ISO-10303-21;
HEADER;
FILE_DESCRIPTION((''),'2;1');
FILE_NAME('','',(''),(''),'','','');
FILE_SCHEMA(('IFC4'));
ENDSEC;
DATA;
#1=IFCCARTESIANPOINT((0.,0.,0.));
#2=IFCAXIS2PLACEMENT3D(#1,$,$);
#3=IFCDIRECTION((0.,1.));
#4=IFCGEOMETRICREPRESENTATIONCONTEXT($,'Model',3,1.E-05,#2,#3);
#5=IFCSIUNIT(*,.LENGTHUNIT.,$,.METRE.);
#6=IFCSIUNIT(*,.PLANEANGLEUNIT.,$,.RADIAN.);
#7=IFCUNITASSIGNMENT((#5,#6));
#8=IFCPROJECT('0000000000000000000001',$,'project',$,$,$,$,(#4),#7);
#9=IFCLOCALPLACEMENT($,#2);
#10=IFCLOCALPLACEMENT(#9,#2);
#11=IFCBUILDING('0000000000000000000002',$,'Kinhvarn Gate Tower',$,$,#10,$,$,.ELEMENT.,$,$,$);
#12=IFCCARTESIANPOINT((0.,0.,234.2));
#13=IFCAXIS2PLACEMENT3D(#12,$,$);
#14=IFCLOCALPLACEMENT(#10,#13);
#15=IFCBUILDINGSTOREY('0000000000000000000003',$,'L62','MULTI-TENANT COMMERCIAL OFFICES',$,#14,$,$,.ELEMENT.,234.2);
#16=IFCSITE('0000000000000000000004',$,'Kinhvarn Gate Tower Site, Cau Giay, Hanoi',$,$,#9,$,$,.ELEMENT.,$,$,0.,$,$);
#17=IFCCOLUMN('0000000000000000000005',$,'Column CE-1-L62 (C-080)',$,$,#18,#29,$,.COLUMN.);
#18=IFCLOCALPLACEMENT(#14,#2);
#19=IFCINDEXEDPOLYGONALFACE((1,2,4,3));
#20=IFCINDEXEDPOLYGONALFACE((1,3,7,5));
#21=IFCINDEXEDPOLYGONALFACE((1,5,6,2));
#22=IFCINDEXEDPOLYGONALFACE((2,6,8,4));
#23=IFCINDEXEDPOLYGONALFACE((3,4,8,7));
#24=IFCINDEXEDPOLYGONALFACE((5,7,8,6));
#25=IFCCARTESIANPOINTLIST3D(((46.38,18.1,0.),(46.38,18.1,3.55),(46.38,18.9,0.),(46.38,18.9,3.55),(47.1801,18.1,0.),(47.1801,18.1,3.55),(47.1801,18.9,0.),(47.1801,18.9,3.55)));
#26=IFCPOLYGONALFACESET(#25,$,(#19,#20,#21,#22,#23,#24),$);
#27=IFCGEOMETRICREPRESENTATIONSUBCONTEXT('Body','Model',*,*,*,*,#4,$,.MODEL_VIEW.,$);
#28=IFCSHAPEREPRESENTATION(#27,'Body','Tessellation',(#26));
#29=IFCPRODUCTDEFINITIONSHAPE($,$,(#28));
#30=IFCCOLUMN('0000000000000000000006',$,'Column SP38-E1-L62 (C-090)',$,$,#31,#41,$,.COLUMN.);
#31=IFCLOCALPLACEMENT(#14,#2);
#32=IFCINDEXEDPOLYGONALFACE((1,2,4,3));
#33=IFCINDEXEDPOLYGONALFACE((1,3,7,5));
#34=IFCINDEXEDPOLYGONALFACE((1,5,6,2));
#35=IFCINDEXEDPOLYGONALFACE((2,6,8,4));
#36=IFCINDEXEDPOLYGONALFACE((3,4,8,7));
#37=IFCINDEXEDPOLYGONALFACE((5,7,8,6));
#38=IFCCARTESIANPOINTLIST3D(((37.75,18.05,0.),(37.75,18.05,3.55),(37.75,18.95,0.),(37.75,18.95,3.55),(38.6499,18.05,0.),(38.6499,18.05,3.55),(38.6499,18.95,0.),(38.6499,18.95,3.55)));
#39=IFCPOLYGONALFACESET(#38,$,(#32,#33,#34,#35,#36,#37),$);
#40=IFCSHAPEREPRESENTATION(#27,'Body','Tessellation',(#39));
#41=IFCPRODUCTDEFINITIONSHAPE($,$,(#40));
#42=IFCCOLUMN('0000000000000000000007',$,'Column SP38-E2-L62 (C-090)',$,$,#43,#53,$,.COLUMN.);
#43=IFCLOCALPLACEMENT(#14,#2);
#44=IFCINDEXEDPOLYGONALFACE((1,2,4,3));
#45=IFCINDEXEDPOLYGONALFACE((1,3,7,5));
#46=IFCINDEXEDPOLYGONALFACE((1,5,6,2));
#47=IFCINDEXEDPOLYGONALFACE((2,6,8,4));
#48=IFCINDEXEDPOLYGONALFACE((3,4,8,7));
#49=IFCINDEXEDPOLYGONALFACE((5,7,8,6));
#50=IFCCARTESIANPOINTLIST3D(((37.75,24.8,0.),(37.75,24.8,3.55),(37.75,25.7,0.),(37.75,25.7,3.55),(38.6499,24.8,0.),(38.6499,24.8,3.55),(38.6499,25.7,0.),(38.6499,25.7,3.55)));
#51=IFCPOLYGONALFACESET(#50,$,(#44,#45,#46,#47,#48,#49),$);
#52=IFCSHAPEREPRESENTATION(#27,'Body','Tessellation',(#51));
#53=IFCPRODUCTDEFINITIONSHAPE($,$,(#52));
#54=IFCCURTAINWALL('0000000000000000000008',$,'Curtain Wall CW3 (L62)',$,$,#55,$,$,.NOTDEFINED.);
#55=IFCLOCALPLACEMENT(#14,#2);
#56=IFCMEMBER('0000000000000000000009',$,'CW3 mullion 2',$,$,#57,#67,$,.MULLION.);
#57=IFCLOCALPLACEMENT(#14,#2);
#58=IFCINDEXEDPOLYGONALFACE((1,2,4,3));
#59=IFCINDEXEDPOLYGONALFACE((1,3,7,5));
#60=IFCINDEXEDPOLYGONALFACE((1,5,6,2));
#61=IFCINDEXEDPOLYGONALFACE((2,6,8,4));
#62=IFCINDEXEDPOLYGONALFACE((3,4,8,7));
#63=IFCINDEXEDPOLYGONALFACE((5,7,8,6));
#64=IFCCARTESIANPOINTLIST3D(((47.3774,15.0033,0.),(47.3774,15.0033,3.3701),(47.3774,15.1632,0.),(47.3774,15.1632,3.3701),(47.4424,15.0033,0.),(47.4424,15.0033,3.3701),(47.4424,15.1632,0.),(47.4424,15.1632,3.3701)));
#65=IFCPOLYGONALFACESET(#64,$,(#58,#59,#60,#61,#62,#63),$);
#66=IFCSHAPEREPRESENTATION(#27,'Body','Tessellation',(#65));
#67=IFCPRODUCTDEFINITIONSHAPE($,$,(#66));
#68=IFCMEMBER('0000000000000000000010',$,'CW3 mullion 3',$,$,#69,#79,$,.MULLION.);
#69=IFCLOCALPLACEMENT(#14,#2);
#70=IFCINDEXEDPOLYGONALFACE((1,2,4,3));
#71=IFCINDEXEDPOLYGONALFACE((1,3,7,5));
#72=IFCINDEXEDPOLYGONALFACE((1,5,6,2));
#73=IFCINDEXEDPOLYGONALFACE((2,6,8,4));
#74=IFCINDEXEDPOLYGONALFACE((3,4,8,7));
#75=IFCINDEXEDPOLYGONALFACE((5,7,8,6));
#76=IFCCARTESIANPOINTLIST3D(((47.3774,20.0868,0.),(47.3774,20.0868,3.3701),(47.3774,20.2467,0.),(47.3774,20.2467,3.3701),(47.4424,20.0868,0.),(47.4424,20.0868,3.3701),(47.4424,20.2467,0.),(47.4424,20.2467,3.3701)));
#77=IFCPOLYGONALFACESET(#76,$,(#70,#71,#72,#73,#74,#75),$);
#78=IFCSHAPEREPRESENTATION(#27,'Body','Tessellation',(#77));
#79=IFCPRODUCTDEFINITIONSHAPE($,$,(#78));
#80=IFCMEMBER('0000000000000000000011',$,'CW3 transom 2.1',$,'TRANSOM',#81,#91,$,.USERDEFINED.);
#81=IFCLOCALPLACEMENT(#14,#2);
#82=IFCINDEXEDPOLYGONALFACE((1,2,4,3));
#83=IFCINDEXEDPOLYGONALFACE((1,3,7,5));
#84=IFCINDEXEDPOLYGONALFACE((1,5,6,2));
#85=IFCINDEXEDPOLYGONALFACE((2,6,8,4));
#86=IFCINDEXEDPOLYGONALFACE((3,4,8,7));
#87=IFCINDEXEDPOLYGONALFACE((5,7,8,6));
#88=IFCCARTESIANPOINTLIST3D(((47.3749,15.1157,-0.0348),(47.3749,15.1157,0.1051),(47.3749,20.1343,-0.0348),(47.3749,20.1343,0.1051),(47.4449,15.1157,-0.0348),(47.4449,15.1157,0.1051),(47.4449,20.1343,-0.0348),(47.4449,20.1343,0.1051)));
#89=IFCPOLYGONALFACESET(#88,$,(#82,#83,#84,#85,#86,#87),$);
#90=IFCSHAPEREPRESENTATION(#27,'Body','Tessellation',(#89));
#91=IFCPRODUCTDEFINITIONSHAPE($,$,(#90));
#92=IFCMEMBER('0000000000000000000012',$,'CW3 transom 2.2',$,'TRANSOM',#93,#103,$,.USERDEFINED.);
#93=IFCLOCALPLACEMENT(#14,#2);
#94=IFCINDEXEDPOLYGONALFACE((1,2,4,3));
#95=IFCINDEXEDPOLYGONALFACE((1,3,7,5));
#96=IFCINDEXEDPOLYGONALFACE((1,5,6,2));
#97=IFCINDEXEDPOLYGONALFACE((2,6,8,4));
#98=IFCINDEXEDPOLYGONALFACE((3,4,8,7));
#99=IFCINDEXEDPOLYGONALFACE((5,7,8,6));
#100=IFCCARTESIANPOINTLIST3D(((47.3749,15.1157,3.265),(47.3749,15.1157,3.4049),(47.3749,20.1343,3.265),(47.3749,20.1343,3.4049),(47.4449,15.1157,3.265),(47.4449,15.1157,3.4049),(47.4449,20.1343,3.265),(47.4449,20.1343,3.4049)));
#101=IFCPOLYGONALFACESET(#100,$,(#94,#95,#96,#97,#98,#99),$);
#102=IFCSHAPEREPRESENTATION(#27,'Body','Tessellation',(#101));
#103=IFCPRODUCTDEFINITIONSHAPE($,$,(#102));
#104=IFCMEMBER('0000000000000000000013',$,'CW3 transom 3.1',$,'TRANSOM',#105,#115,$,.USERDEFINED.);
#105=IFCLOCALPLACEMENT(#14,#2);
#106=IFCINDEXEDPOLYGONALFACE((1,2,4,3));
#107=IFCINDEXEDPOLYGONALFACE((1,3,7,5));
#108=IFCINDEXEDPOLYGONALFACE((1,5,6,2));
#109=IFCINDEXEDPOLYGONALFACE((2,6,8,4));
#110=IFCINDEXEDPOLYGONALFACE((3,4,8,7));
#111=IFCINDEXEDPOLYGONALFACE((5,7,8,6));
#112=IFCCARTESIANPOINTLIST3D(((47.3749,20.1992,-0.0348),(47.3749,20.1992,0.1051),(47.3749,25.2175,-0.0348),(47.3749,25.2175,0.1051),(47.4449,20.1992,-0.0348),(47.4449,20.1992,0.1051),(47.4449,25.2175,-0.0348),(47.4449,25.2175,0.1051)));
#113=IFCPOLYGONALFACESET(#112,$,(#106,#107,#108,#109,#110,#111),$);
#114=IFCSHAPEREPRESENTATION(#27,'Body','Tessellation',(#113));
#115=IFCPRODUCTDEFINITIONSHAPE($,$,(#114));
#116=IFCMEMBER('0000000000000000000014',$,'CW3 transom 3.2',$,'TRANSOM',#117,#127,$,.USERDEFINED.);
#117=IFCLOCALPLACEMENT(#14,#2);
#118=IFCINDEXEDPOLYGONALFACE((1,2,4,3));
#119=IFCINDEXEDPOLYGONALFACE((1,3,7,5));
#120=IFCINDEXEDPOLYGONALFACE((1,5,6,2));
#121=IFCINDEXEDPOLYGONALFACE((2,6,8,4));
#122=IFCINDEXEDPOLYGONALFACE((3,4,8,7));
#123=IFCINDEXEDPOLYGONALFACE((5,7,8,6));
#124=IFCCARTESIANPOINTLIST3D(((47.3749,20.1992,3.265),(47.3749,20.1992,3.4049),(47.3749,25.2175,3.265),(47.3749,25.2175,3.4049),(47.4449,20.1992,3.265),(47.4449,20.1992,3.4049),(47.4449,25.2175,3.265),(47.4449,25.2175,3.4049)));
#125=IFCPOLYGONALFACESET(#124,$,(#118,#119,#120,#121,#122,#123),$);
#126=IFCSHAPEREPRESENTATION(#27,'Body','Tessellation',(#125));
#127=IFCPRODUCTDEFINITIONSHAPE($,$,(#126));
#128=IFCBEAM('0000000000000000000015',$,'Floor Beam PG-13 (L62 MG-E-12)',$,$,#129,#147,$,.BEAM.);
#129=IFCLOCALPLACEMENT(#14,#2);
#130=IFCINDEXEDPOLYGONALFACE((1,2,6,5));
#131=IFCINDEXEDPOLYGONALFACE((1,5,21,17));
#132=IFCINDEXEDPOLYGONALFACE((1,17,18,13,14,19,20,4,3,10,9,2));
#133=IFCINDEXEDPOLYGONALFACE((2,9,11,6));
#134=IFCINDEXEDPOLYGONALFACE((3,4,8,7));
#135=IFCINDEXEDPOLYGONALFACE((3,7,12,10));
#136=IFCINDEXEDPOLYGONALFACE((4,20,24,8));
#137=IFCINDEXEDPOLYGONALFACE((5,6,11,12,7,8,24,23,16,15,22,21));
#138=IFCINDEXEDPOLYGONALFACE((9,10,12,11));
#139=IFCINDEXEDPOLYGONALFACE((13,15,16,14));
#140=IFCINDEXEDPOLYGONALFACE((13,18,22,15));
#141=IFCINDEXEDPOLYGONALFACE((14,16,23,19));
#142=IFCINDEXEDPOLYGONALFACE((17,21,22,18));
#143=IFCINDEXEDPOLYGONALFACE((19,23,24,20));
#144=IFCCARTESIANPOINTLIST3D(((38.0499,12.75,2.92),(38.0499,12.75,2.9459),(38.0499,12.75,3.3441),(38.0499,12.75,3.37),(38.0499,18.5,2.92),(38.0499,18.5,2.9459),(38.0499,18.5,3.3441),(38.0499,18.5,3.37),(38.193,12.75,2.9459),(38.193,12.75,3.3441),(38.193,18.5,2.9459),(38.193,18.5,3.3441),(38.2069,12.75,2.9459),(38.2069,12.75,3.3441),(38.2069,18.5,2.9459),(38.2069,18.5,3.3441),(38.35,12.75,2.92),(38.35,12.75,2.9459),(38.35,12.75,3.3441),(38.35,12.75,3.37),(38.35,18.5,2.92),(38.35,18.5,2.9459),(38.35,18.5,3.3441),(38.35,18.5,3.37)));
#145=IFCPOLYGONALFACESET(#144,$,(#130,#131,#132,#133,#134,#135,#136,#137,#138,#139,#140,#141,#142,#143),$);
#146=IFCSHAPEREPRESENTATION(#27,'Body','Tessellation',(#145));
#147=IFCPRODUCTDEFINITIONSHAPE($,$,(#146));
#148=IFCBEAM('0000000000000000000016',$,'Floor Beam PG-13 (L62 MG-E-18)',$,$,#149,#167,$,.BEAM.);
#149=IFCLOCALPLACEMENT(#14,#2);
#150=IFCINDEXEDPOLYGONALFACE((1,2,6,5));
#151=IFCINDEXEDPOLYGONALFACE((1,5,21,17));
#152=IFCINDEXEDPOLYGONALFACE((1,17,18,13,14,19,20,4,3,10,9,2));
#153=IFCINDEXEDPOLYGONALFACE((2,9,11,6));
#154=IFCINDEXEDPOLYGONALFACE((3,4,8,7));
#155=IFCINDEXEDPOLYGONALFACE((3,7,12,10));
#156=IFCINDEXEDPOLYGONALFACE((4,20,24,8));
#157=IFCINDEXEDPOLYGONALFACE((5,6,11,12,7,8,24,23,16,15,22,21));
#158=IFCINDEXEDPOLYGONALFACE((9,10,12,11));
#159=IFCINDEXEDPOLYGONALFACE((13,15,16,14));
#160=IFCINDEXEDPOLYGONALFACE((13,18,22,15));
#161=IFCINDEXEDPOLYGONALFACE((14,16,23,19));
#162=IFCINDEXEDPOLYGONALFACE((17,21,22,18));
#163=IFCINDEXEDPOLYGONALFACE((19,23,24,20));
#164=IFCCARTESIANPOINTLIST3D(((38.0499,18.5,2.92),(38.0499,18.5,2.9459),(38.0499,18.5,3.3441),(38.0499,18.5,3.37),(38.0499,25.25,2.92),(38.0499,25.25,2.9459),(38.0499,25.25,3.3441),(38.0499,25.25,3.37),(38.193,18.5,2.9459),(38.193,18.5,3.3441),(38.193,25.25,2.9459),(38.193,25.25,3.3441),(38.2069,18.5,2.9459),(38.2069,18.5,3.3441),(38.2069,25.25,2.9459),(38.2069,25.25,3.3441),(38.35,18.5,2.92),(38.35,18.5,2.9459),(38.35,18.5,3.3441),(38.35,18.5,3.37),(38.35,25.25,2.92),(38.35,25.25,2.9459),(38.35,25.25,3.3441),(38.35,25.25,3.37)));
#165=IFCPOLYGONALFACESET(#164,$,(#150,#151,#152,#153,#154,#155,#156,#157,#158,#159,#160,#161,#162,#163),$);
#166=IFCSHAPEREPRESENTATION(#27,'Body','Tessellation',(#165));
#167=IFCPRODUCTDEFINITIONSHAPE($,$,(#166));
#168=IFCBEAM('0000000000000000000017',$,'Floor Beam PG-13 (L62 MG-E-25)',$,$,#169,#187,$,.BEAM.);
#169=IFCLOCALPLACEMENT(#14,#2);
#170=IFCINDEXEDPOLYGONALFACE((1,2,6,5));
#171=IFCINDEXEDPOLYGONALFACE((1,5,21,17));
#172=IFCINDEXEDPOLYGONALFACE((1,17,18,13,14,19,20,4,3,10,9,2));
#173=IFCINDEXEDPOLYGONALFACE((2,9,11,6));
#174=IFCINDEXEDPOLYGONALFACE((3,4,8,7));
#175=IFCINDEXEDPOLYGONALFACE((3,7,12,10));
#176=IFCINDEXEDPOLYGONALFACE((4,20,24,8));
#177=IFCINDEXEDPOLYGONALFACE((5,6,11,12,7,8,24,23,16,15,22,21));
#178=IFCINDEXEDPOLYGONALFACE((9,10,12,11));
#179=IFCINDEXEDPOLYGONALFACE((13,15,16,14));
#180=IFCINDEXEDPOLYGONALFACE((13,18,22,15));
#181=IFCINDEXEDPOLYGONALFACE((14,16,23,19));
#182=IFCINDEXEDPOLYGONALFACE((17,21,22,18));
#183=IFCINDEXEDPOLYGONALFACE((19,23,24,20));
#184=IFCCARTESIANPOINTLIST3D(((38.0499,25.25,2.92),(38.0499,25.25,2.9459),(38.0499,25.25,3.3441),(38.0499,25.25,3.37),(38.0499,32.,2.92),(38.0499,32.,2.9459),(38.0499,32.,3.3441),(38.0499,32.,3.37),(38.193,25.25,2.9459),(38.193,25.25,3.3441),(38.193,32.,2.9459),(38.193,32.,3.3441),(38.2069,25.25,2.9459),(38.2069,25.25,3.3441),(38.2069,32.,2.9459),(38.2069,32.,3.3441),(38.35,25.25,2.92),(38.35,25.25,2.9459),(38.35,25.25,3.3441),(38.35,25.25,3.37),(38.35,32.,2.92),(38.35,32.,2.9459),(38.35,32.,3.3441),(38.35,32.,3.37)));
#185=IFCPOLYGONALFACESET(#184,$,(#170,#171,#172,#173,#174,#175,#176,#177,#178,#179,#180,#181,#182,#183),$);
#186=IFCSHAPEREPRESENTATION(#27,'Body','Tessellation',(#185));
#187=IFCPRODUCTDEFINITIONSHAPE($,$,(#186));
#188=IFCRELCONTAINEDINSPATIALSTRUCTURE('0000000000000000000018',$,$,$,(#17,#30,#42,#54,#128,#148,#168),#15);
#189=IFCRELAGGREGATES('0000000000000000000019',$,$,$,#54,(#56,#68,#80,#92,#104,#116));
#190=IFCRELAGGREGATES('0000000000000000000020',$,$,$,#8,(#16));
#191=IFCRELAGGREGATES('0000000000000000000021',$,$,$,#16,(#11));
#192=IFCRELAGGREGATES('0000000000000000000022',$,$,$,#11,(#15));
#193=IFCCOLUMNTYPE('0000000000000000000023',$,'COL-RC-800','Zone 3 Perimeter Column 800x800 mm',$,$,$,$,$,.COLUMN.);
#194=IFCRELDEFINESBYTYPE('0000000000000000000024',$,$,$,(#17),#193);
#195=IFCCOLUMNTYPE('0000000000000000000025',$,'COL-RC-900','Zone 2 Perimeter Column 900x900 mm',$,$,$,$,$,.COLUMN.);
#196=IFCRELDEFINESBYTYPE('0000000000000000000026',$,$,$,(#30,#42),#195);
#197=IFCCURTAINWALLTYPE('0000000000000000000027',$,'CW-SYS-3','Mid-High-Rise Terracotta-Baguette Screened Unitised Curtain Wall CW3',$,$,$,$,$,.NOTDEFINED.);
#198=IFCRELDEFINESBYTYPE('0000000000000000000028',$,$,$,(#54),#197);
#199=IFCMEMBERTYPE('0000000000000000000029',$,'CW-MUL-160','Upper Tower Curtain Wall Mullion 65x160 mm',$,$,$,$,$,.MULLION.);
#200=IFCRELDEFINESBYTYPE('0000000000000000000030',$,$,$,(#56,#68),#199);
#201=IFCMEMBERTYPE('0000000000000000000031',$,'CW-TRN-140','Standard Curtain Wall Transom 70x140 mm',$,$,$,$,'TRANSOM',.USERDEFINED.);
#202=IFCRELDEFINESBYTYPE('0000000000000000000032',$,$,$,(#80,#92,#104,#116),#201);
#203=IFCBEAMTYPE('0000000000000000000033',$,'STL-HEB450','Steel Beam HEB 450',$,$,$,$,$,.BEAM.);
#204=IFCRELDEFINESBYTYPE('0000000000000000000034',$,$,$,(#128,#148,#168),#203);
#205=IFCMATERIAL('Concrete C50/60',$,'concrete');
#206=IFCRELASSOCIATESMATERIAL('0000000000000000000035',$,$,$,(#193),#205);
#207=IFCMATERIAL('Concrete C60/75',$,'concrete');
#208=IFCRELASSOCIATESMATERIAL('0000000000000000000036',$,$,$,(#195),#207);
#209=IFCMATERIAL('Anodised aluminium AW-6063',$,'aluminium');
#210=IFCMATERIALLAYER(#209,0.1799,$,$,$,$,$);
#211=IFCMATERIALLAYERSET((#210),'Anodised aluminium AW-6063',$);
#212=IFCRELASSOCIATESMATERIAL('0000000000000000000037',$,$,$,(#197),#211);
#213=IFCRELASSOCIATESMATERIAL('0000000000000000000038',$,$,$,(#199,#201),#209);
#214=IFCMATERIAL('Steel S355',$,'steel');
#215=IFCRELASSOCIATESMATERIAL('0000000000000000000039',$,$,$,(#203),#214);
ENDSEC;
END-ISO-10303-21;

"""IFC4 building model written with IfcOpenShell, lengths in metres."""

from ifc_helpers import new_model, si_unit, direction, frame, origin, origin_2d, place, context, subcontext, project, spatial, rectangle, i_section, extrude, material, layer, layer_set, material_profile, profile_set, type_object, element, aggregate, save


model = new_model("IFC4")

# Units and contexts
model_context = context("Model", 3, precision=1e-05, world=origin(), true_north=direction((0.0, 1.0)))
body_context = subcontext(model_context, "Body", "Model", "MODEL_VIEW")
ifc_project = project(units=[si_unit("LENGTHUNIT", "METRE"), si_unit("PLANEANGLEUNIT", "RADIAN")], contexts=[model_context])

# Site, building, storey
site_placement = place(None, origin())
site = spatial("IfcSite", under=ifc_project, at=site_placement, Name="Kinhvarn Gate Tower Site, Cau Giay, Hanoi", CompositionType="ELEMENT", RefElevation=0.0)
building_placement = place(site_placement, origin())
building = spatial("IfcBuilding", under=site, at=building_placement, Name="Kinhvarn Gate Tower", CompositionType="ELEMENT")
storey_placement = place(building_placement, frame((0.0, 0.0, 234.2)))
storey = spatial("IfcBuildingStorey", under=building, at=storey_placement, Name="L62", Description="MULTI-TENANT COMMERCIAL OFFICES", CompositionType="ELEMENT", Elevation=234.2)

# Columns
ifc_material_1 = material(Name="Concrete C50/60", Category="concrete")
ifc_material_profile_1 = material_profile(ifc_material_1, rectangle(XDim=0.8, YDim=0.8, at=origin_2d()), Name="RC 800x800")
ifc_profile_set_1 = profile_set([ifc_material_profile_1], Name="Concrete C50/60")
column_type_1 = type_object("IfcColumnType", Name="COL-RC-800", Description="Zone 3 Perimeter Column 800x800 mm", PredefinedType="COLUMN", material=ifc_profile_set_1)
column_placement = place(storey_placement, frame((46.78, 18.5, 0.0), z_axis=(0.0, 0.0, 1.0), x_axis=(1.0, 0.0, 0.0)))
element("IfcColumn", 1, at=column_placement, inside=storey, type_object=column_type_1, Name="Column CE-1-L62 (C-080)", PredefinedType="COLUMN", context=body_context, shape_type="SweptSolid", body=[
    extrude(rectangle(XDim=0.8, YDim=0.8, at=origin_2d()), origin(), (0.0, 0.0, 1.0), 3.55),
])
ifc_material_2 = material(Name="Concrete C60/75", Category="concrete")
ifc_material_profile_2 = material_profile(ifc_material_2, rectangle(XDim=0.8999, YDim=0.8999, at=origin_2d()), Name="RC 900x900")
ifc_profile_set_2 = profile_set([ifc_material_profile_2], Name="Concrete C60/75")
column_type_2 = type_object("IfcColumnType", Name="COL-RC-900", Description="Zone 2 Perimeter Column 900x900 mm", PredefinedType="COLUMN", material=ifc_profile_set_2)
for number, where, z_axis, x_axis, name in (
    (2, (38.2, 18.5, 0.0), (0.0, 0.0, 1.0), (1.0, 0.0, 0.0), "Column SP38-E1-L62 (C-090)"),
    (3, (38.2, 25.25, 0.0), (0.0, 0.0, 1.0), (1.0, 0.0, 0.0), "Column SP38-E2-L62 (C-090)"),
):
    element("IfcColumn", number, at=place(storey_placement, frame(where, z_axis=z_axis, x_axis=x_axis)), inside=storey, type_object=column_type_2, Name=name, PredefinedType="COLUMN", context=body_context, shape_type="SweptSolid", body=[
        extrude(rectangle(XDim=0.8999, YDim=0.8999, at=origin_2d()), origin(), (0.0, 0.0, 1.0), 3.55),
    ])

# Curtain wall, members
ifc_material_3 = material(Name="Anodised aluminium AW-6063", Category="aluminium")
ifc_layer_1 = layer(ifc_material_3, 0.1799)
ifc_layer_set_1 = layer_set([ifc_layer_1], Name="Anodised aluminium AW-6063")
curtain_wall_type = type_object("IfcCurtainWallType", Name="CW-SYS-3", Description="Mid-High-Rise Terracotta-Baguette Screened Unitised Curtain Wall CW3", PredefinedType="NOTDEFINED", material=ifc_layer_set_1)
curtain_wall_placement = place(storey_placement, origin())
curtain_wall = element("IfcCurtainWall", 4, at=curtain_wall_placement, inside=storey, type_object=curtain_wall_type, Name="Curtain Wall CW3 (L62)", PredefinedType="NOTDEFINED")
ifc_material_profile_3 = material_profile(ifc_material_3, rectangle(XDim=0.0649, YDim=0.1599, at=origin_2d()), Name="ALU 65x160")
ifc_profile_set_3 = profile_set([ifc_material_profile_3], Name="Anodised aluminium AW-6063")
member_type_1 = type_object("IfcMemberType", Name="CW-MUL-160", Description="Upper Tower Curtain Wall Mullion 65x160 mm", PredefinedType="MULLION", material=ifc_profile_set_3)
member_1_placement = place(storey_placement, frame((47.4099, 15.0833, 0.0), z_axis=(0.0, 0.0, 1.0), x_axis=(-1.0, 0.0, 0.0)))
member_1 = element("IfcMember", 5, at=member_1_placement, type_object=member_type_1, Name="CW3 mullion 2", PredefinedType="MULLION", context=body_context, shape_type="SweptSolid", body=[
    extrude(rectangle(XDim=0.0649, YDim=0.1599, at=origin_2d()), origin(), (0.0, 0.0, 1.0), 3.3701),
])
member_2_placement = place(storey_placement, frame((47.4099, 20.1667, 0.0), z_axis=(0.0, 0.0, 1.0), x_axis=(-1.0, 0.0, 0.0)))
member_2 = element("IfcMember", 6, at=member_2_placement, type_object=member_type_1, Name="CW3 mullion 3", PredefinedType="MULLION", context=body_context, shape_type="SweptSolid", body=[
    extrude(rectangle(XDim=0.0649, YDim=0.1599, at=origin_2d()), origin(), (0.0, 0.0, 1.0), 3.3701),
])
ifc_material_profile_4 = material_profile(ifc_material_3, rectangle(XDim=0.0701, YDim=0.1399, at=origin_2d()), Name="ALU 70x140")
ifc_profile_set_4 = profile_set([ifc_material_profile_4], Name="Anodised aluminium AW-6063")
member_type_2 = type_object("IfcMemberType", Name="CW-TRN-140", Description="Standard Curtain Wall Transom 70x140 mm", ElementType="TRANSOM", PredefinedType="USERDEFINED", material=ifc_profile_set_4)
member_3_placement = place(storey_placement, frame((47.4099, 15.1157, 0.0352), z_axis=(0.0, 1.0, 0.0), x_axis=(-1.0, 0.0, 0.0)))
member_3 = element("IfcMember", 7, at=member_3_placement, type_object=member_type_2, Name="CW3 transom 2.1", ObjectType="TRANSOM", PredefinedType="USERDEFINED", context=body_context, shape_type="SweptSolid", body=[
    extrude(rectangle(XDim=0.0701, YDim=0.1399, at=origin_2d()), origin(), (0.0, 0.0, 1.0), 5.0186),
])
member_4_placement = place(storey_placement, frame((47.4099, 15.1157, 3.335), z_axis=(0.0, 1.0, 0.0), x_axis=(-1.0, 0.0, 0.0)))
member_4 = element("IfcMember", 8, at=member_4_placement, type_object=member_type_2, Name="CW3 transom 2.2", ObjectType="TRANSOM", PredefinedType="USERDEFINED", context=body_context, shape_type="SweptSolid", body=[
    extrude(rectangle(XDim=0.0701, YDim=0.1399, at=origin_2d()), origin(), (0.0, 0.0, 1.0), 5.0186),
])
member_5_placement = place(storey_placement, frame((47.4099, 20.1992, 0.0352), z_axis=(0.0, 1.0, 0.0), x_axis=(-1.0, 0.0, 0.0)))
member_5 = element("IfcMember", 9, at=member_5_placement, type_object=member_type_2, Name="CW3 transom 3.1", ObjectType="TRANSOM", PredefinedType="USERDEFINED", context=body_context, shape_type="SweptSolid", body=[
    extrude(rectangle(XDim=0.0701, YDim=0.1399, at=origin_2d()), origin(), (0.0, 0.0, 1.0), 5.0183),
])
member_6_placement = place(storey_placement, frame((47.4099, 20.1992, 3.335), z_axis=(0.0, 1.0, 0.0), x_axis=(-1.0, 0.0, 0.0)))
member_6 = element("IfcMember", 10, at=member_6_placement, type_object=member_type_2, Name="CW3 transom 3.2", ObjectType="TRANSOM", PredefinedType="USERDEFINED", context=body_context, shape_type="SweptSolid", body=[
    extrude(rectangle(XDim=0.0701, YDim=0.1399, at=origin_2d()), origin(), (0.0, 0.0, 1.0), 5.0183),
])

# Beams
ifc_material_4 = material(Name="Steel S355", Category="steel")
ifc_material_profile_5 = material_profile(ifc_material_4, i_section(OverallWidth=0.3, OverallDepth=0.45, WebThickness=0.0139, FlangeThickness=0.0259, at=origin_2d()), Name="HEB 450")
ifc_profile_set_5 = profile_set([ifc_material_profile_5], Name="Steel S355")
beam_type_1 = type_object("IfcBeamType", Name="STL-HEB450", Description="Steel Beam HEB 450", PredefinedType="BEAM", material=ifc_profile_set_5)
beam_1_placement = place(storey_placement, frame((38.2, 12.75, 3.145), z_axis=(0.0, 1.0, 0.0), x_axis=(-1.0, 0.0, 0.0)))
element("IfcBeam", 11, at=beam_1_placement, inside=storey, type_object=beam_type_1, Name="Floor Beam PG-13 (L62 MG-E-12)", PredefinedType="BEAM", context=body_context, shape_type="SweptSolid", body=[
    extrude(i_section(OverallWidth=0.3, OverallDepth=0.45, WebThickness=0.0139, FlangeThickness=0.0259, at=origin_2d()), origin(), (0.0, 0.0, 1.0), 5.75),
])
for number, where, z_axis, x_axis, name in (
    (12, (38.2, 18.5, 3.145), (0.0, 1.0, 0.0), (-1.0, 0.0, 0.0), "Floor Beam PG-13 (L62 MG-E-18)"),
    (13, (38.2, 25.25, 3.145), (0.0, 1.0, 0.0), (-1.0, 0.0, 0.0), "Floor Beam PG-13 (L62 MG-E-25)"),
):
    element("IfcBeam", number, at=place(storey_placement, frame(where, z_axis=z_axis, x_axis=x_axis)), inside=storey, type_object=beam_type_1, Name=name, PredefinedType="BEAM", context=body_context, shape_type="SweptSolid", body=[
        extrude(i_section(OverallWidth=0.3, OverallDepth=0.45, WebThickness=0.0139, FlangeThickness=0.0259, at=origin_2d()), origin(), (0.0, 0.0, 1.0), 6.75),
    ])

aggregate(curtain_wall, [member_1, member_2, member_3, member_4, member_5, member_6])

save(model, "model.ifc")
